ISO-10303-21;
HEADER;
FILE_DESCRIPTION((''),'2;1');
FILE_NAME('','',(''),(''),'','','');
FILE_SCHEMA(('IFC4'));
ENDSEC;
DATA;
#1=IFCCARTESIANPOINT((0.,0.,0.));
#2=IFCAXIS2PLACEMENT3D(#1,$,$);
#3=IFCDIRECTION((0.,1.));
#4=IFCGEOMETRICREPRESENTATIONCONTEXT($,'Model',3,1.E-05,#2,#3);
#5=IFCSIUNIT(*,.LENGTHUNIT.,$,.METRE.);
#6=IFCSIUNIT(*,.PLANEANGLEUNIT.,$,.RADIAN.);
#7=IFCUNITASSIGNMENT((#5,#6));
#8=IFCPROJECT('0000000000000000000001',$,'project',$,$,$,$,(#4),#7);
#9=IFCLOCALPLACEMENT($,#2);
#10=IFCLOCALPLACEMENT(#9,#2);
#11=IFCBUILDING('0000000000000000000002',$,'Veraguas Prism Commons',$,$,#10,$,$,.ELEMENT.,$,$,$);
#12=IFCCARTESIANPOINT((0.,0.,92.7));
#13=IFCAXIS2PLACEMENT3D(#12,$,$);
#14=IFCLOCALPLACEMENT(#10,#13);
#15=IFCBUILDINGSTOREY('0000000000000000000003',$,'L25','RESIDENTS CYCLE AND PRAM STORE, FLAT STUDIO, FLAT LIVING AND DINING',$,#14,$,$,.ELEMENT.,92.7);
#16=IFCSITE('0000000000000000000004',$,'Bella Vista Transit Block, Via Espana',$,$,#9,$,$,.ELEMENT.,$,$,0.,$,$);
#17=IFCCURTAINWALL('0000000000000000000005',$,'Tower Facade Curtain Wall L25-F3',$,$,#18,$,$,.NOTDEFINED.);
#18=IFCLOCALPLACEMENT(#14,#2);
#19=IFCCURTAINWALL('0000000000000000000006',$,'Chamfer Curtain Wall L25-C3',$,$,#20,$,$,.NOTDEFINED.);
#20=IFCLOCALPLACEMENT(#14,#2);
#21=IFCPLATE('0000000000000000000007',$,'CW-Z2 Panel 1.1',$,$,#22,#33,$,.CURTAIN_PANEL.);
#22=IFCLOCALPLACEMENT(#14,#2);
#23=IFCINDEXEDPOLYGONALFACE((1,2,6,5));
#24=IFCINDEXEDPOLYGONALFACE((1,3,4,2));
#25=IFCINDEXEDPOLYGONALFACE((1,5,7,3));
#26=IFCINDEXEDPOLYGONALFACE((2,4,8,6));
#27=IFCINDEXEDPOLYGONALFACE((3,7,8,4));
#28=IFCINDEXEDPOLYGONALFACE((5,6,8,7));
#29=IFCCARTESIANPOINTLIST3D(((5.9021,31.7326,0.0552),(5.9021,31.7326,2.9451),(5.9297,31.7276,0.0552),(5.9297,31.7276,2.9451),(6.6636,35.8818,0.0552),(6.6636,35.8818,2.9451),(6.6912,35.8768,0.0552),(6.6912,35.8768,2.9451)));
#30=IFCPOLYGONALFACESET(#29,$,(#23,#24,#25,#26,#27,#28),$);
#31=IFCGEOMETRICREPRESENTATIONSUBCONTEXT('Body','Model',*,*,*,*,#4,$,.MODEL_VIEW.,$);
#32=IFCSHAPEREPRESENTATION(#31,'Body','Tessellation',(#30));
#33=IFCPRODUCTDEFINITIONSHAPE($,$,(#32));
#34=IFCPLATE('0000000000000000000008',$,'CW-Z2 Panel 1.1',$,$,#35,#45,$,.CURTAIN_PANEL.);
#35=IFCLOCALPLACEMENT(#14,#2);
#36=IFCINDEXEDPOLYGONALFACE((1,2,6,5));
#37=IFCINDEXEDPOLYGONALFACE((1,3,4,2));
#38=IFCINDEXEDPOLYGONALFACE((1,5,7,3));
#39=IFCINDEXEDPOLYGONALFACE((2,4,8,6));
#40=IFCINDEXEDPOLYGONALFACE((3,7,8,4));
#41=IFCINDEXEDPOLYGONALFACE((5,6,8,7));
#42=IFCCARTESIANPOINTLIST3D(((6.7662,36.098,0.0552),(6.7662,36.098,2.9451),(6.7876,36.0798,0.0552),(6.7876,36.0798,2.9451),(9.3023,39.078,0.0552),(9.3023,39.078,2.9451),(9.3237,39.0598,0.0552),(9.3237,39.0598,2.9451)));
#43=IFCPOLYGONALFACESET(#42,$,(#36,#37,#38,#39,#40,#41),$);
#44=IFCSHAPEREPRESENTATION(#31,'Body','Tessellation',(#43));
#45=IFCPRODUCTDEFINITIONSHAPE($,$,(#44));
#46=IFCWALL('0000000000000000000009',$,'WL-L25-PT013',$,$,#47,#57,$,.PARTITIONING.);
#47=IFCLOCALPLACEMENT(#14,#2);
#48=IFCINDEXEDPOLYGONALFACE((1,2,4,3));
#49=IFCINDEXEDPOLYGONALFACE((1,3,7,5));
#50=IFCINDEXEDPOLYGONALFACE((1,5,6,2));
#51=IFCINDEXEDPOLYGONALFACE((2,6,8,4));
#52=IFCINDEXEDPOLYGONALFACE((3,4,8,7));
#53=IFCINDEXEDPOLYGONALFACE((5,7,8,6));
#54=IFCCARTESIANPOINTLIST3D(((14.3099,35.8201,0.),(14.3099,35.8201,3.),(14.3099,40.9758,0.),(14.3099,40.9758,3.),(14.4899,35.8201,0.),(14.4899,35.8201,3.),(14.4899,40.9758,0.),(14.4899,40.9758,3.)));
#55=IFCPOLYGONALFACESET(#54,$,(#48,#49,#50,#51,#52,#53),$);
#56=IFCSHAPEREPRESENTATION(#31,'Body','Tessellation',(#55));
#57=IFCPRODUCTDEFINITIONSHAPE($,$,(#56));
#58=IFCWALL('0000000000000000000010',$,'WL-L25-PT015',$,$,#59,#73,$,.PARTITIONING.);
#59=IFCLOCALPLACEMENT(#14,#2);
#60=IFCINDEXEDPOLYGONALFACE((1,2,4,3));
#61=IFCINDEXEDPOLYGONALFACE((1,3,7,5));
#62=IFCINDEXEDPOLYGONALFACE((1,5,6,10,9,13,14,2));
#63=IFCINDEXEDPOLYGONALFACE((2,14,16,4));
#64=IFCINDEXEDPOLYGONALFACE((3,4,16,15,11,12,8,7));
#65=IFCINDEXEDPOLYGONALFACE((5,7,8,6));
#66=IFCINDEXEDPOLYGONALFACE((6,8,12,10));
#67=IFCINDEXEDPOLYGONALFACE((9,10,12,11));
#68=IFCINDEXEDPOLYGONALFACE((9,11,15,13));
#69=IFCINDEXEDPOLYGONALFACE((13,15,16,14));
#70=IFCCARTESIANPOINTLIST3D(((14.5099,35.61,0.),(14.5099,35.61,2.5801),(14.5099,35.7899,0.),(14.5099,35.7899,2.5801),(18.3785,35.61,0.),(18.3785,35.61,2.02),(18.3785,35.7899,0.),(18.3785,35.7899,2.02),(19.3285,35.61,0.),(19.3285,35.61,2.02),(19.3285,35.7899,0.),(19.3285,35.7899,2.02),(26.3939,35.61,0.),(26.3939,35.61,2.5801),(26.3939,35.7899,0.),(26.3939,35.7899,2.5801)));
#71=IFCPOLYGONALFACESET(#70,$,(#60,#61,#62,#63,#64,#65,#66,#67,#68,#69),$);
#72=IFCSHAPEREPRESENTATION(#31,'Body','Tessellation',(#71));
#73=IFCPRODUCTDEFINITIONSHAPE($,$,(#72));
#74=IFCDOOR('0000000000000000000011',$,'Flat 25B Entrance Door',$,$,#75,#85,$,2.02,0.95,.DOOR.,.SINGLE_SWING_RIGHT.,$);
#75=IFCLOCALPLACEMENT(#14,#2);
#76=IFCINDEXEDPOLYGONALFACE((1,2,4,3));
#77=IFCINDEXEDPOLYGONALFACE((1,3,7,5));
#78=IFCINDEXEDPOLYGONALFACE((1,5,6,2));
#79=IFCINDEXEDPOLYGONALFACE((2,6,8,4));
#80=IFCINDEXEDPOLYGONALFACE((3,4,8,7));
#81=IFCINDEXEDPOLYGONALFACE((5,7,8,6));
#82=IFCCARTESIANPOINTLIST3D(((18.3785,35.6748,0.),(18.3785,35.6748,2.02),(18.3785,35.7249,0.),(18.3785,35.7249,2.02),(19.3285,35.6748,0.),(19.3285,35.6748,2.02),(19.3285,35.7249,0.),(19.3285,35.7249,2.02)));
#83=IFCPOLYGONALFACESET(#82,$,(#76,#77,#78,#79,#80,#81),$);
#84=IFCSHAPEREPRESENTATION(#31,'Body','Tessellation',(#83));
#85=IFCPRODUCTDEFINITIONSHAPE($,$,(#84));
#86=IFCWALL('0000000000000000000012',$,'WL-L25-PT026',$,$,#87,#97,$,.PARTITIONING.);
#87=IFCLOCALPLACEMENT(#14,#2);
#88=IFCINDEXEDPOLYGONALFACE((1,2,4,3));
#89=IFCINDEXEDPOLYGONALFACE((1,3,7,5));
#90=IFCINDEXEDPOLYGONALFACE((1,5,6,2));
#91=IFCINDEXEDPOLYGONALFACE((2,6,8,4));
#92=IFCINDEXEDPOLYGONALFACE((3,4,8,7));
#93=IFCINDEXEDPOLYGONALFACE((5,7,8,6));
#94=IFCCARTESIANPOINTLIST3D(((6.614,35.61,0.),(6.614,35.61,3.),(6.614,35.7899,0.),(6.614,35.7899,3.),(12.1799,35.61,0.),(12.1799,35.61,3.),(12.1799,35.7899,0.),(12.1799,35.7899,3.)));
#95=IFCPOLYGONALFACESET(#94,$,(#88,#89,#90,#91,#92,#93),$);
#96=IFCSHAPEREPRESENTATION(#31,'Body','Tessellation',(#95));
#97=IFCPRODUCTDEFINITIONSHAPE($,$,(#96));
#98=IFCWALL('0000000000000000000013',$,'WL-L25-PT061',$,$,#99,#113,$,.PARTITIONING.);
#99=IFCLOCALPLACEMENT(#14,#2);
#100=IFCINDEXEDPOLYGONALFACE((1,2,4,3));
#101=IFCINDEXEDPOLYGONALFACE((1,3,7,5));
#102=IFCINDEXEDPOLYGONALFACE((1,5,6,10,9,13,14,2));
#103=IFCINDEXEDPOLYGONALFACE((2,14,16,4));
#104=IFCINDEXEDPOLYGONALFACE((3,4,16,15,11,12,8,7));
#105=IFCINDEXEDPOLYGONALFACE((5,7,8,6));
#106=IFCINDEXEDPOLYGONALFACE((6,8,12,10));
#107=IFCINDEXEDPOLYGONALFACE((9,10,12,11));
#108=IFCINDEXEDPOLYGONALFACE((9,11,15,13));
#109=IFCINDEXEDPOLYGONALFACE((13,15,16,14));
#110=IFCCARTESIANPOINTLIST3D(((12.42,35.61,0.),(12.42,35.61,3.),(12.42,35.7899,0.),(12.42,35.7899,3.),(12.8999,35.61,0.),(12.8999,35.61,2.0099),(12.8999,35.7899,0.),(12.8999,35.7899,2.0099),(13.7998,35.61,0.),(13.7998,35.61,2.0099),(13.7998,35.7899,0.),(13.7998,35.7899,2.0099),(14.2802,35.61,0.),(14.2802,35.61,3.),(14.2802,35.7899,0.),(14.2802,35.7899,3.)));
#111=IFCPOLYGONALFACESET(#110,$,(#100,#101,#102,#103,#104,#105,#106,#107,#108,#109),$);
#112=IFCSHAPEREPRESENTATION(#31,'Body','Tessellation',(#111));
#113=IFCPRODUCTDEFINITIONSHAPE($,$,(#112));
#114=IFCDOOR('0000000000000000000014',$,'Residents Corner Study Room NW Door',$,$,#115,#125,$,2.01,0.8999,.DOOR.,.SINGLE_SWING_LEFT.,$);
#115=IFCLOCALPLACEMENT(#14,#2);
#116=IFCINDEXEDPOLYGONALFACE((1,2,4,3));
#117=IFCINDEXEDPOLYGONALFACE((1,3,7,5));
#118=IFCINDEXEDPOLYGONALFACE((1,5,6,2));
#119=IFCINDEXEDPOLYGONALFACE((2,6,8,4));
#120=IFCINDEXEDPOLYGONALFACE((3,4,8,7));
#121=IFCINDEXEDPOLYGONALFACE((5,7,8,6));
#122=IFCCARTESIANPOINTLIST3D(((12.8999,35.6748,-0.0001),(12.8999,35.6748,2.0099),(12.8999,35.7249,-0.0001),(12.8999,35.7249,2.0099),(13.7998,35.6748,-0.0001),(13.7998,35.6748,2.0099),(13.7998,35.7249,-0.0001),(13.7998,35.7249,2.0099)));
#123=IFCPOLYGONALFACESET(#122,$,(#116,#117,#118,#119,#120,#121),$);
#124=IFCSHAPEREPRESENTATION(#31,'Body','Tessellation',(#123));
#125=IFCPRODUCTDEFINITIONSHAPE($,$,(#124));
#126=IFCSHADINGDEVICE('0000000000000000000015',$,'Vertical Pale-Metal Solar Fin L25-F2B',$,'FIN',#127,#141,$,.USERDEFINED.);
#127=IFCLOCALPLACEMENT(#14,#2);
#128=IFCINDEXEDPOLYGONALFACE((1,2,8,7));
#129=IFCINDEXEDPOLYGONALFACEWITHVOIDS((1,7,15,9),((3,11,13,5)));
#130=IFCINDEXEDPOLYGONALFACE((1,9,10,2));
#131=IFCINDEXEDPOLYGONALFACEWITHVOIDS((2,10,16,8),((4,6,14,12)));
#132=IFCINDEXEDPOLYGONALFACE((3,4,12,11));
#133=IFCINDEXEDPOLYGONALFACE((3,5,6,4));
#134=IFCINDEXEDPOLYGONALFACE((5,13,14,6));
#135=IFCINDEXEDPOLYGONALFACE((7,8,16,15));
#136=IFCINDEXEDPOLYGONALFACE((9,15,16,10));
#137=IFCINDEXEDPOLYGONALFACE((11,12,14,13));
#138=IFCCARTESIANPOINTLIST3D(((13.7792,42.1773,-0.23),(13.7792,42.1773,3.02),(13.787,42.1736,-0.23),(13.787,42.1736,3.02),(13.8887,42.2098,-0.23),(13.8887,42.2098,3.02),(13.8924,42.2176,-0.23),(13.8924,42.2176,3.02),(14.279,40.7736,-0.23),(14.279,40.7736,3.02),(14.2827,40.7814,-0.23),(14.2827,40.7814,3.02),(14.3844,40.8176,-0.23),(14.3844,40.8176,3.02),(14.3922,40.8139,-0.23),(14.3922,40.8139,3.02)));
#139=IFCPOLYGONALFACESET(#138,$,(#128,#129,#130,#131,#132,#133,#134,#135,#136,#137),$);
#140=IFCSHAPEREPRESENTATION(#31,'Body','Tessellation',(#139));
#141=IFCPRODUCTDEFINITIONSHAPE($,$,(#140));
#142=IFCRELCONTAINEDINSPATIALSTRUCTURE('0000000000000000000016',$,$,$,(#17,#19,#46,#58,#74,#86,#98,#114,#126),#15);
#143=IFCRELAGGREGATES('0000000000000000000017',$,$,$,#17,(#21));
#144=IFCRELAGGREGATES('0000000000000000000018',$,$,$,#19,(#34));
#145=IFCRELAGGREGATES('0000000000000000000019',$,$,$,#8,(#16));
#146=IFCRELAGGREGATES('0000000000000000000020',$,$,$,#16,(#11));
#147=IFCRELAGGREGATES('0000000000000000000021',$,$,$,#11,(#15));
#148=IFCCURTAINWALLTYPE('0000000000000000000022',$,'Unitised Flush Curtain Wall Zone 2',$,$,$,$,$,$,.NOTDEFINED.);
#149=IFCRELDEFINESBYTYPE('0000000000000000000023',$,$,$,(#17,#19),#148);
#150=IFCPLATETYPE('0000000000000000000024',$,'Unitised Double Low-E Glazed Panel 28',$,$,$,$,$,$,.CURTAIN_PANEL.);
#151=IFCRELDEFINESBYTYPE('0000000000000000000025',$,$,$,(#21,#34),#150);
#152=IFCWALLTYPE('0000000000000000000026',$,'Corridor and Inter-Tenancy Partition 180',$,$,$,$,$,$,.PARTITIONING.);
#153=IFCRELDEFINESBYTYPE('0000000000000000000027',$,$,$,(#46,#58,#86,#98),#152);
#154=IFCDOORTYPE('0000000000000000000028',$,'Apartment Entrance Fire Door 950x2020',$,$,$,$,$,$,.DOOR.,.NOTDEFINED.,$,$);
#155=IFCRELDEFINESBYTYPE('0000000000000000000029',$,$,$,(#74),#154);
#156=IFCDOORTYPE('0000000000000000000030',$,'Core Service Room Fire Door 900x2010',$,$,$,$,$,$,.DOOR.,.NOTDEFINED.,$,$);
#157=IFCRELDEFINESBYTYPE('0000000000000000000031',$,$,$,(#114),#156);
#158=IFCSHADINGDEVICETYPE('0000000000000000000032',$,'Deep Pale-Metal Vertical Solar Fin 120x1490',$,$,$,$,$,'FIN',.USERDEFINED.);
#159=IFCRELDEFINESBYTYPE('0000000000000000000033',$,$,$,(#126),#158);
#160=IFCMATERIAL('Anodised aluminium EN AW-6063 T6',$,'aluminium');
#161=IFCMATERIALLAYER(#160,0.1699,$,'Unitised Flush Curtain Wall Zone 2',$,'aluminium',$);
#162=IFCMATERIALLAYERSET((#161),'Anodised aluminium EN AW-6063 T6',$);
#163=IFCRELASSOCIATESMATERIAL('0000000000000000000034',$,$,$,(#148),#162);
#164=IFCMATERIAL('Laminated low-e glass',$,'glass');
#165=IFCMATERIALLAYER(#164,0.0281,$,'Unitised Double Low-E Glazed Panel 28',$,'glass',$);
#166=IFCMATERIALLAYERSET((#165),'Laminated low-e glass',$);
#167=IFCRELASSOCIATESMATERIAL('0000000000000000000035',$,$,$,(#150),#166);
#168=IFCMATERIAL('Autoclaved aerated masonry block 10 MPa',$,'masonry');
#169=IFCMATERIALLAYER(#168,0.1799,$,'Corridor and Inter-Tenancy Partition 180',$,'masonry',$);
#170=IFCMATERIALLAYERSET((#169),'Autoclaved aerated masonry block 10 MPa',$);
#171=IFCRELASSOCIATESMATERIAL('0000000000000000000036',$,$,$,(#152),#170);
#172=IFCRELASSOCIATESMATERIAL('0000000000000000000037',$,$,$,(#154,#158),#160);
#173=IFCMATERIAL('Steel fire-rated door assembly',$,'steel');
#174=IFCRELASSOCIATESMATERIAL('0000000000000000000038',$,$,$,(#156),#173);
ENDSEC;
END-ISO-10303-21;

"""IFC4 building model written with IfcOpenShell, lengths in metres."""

from ifc_helpers import new_model, si_unit, direction, frame, frame_2d, origin, origin_2d, place, context, subcontext, project, spatial, rectangle, hollow_rectangle, extrude, source, transform, mapped, material, layer, layer_set, material_profile, profile_set, type_object, element, fill, aggregate, save


model = new_model("IFC4")

# Units and contexts
model_context = context("Model", 3, precision=1e-05, world=origin(), true_north=direction((0.0, 1.0)))
body_context = subcontext(model_context, "Body", "Model", "MODEL_VIEW")
ifc_project = project(units=[si_unit("LENGTHUNIT", "METRE"), si_unit("PLANEANGLEUNIT", "RADIAN")], contexts=[model_context])

# Site, building, storey
site_placement = place(None, origin())
site = spatial("IfcSite", under=ifc_project, at=site_placement, Name="Bella Vista Transit Block, Via Espana", CompositionType="ELEMENT", RefElevation=0.0)
building_placement = place(site_placement, origin())
building = spatial("IfcBuilding", under=site, at=building_placement, Name="Veraguas Prism Commons", CompositionType="ELEMENT")
storey_placement = place(building_placement, frame((0.0, 0.0, 92.7)))
storey = spatial("IfcBuildingStorey", under=building, at=storey_placement, Name="L25", Description="RESIDENTS CYCLE AND PRAM STORE, FLAT STUDIO, FLAT LIVING AND DINING", CompositionType="ELEMENT", Elevation=92.7)

# Curtain walls
ifc_material_1 = material(Name="Anodised aluminium EN AW-6063 T6", Category="aluminium")
ifc_layer_1 = layer(ifc_material_1, 0.1699, Name="Unitised Flush Curtain Wall Zone 2", Category="aluminium")
ifc_layer_set_1 = layer_set([ifc_layer_1], Name="Anodised aluminium EN AW-6063 T6")
curtain_wall_type = type_object("IfcCurtainWallType", Name="Unitised Flush Curtain Wall Zone 2", PredefinedType="NOTDEFINED", material=ifc_layer_set_1)
curtain_wall_1_placement = place(storey_placement, origin())
curtain_wall_1 = element("IfcCurtainWall", 1, at=curtain_wall_1_placement, inside=storey, type_object=curtain_wall_type, Name="Tower Facade Curtain Wall L25-F3", PredefinedType="NOTDEFINED")
curtain_wall_2_placement = place(storey_placement, origin())
curtain_wall_2 = element("IfcCurtainWall", 2, at=curtain_wall_2_placement, inside=storey, type_object=curtain_wall_type, Name="Chamfer Curtain Wall L25-C3", PredefinedType="NOTDEFINED")

# Plates
ifc_material_2 = material(Name="Laminated low-e glass", Category="glass")
ifc_layer_2 = layer(ifc_material_2, 0.0281, Name="Unitised Double Low-E Glazed Panel 28", Category="glass")
ifc_layer_set_2 = layer_set([ifc_layer_2], Name="Laminated low-e glass")
plate_type = type_object("IfcPlateType", Name="Unitised Double Low-E Glazed Panel 28", PredefinedType="CURTAIN_PANEL", material=ifc_layer_set_2)
shared_shape_1 = source(origin(), body_context, "Body", "SweptSolid", [
    extrude(rectangle(XDim=4.2185, YDim=0.0281, at=origin_2d()), origin(), (0.0, 0.0, 1.0), 2.8899),
])
plate_1_placement = place(storey_placement, frame((6.2966, 33.8047, 0.0552), z_axis=(0.0, 0.0, 1.0), x_axis=(-0.180523, -0.983571, 0.0)))
plate_1 = element("IfcPlate", 3, at=plate_1_placement, type_object=plate_type, Name="CW-Z2 Panel 1.1", PredefinedType="CURTAIN_PANEL", context=body_context, shape_type="MappedRepresentation", body=[
    mapped(shared_shape_1, transform((0.0, 0.0, 0.0), scale=1.0)),
])
aggregate(curtain_wall_1, [plate_1])
shared_shape_2 = source(origin(), body_context, "Body", "SweptSolid", [
    extrude(rectangle(XDim=3.9131, YDim=0.0281, at=origin_2d()), origin(), (0.0, 0.0, 1.0), 2.8899),
])
plate_2_placement = place(storey_placement, frame((8.0449, 37.5789, 0.0552), z_axis=(0.0, 0.0, 1.0), x_axis=(-0.648111, -0.761546, 0.0)))
plate_2 = element("IfcPlate", 4, at=plate_2_placement, type_object=plate_type, Name="CW-Z2 Panel 1.1", PredefinedType="CURTAIN_PANEL", context=body_context, shape_type="MappedRepresentation", body=[
    mapped(shared_shape_2, transform((0.0, 0.0, 0.0), scale=1.0)),
])
aggregate(curtain_wall_2, [plate_2])

# Wall
ifc_material_3 = material(Name="Autoclaved aerated masonry block 10 MPa", Category="masonry")
ifc_layer_3 = layer(ifc_material_3, 0.1799, Name="Corridor and Inter-Tenancy Partition 180", Category="masonry")
ifc_layer_set_3 = layer_set([ifc_layer_3], Name="Autoclaved aerated masonry block 10 MPa")
wall_type = type_object("IfcWallType", Name="Corridor and Inter-Tenancy Partition 180", PredefinedType="PARTITIONING", material=ifc_layer_set_3)
wall_1_placement = place(storey_placement, frame((14.3999, 35.8201, 0.0), z_axis=(0.0, 0.0, 1.0), x_axis=(0.0, 1.0, 0.0)))
element("IfcWall", 5, at=wall_1_placement, inside=storey, type_object=wall_type, Name="WL-L25-PT013", PredefinedType="PARTITIONING", context=body_context, shape_type="SweptSolid", body=[
    extrude(rectangle(XDim=5.1558, YDim=0.1799, at=frame_2d((2.5779, 0.0))), origin(), (0.0, 0.0, 1.0), 3.0),
])

# Wall, opening, door
wall_2_placement = place(storey_placement, frame((14.51, 35.7, 0.0), z_axis=(0.0, 0.0, 1.0), x_axis=(1.0, 0.0, 0.0)))
wall_2 = element("IfcWall", 6, at=wall_2_placement, inside=storey, type_object=wall_type, Name="WL-L25-PT015", PredefinedType="PARTITIONING", context=body_context, shape_type="SweptSolid", body=[
    extrude(rectangle(XDim=11.884, YDim=0.1799, at=frame_2d((5.9419, 0.0))), origin(), (0.0, 0.0, 1.0), 2.5801),
])
opening_1_placement = place(wall_2_placement, frame((3.8684, 0.0, 0.0)))
opening_1 = element("IfcOpeningElement", 7, at=opening_1_placement, cuts=wall_2, PredefinedType="OPENING", context=body_context, shape_type="SweptSolid", body=[
    extrude(rectangle(XDim=0.95, YDim=2.02, at=frame_2d((0.4751, 1.01))), frame((0.0, 0.0999, 0.0), z_axis=(0.0, -1.0, 0.0), x_axis=(1.0, 0.0, 0.0)), (0.0, 0.0, 1.0), 0.2),
])
door_type_1 = type_object("IfcDoorType", Name="Apartment Entrance Fire Door 950x2020", OperationType="NOTDEFINED", PredefinedType="DOOR", material=ifc_material_1)
shared_shape_3 = source(origin(), body_context, "Body", "SweptSolid", [
    extrude(rectangle(XDim=0.95, YDim=2.02, at=frame_2d((0.4751, 1.01))), frame((0.0, 0.0249, 0.0), z_axis=(0.0, -1.0, 0.0), x_axis=(1.0, 0.0, 0.0)), (0.0, 0.0, 1.0), 0.05),
])
door_1_placement = place(opening_1_placement, origin())
door_1 = element("IfcDoor", 8, at=door_1_placement, inside=storey, type_object=door_type_1, Name="Flat 25B Entrance Door", OperationType="SINGLE_SWING_RIGHT", OverallHeight=2.02, OverallWidth=0.95, PredefinedType="DOOR", context=body_context, shape_type="MappedRepresentation", body=[
    mapped(shared_shape_3, transform((0.0, 0.0, 0.0), scale=1.0)),
])
fill(opening_1, door_1)

# Wall
wall_3_placement = place(storey_placement, frame((12.1799, 35.7, 0.0), z_axis=(0.0, 0.0, 1.0), x_axis=(-1.0, 0.0, 0.0)))
element("IfcWall", 9, at=wall_3_placement, inside=storey, type_object=wall_type, Name="WL-L25-PT026", PredefinedType="PARTITIONING", context=body_context, shape_type="SweptSolid", body=[
    extrude(rectangle(XDim=5.5659, YDim=0.1799, at=frame_2d((2.783, 0.0))), origin(), (0.0, 0.0, 1.0), 3.0),
])

# Wall, opening, door
wall_4_placement = place(storey_placement, frame((12.4199, 35.7, 0.0), z_axis=(0.0, 0.0, 1.0), x_axis=(1.0, 0.0, 0.0)))
wall_4 = element("IfcWall", 10, at=wall_4_placement, inside=storey, type_object=wall_type, Name="WL-L25-PT061", PredefinedType="PARTITIONING", context=body_context, shape_type="SweptSolid", body=[
    extrude(rectangle(XDim=1.8601, YDim=0.1799, at=frame_2d((0.9302, 0.0))), origin(), (0.0, 0.0, 1.0), 3.0),
])
opening_2_placement = place(wall_4_placement, frame((0.48, 0.0, 0.0)))
opening_2 = element("IfcOpeningElement", 11, at=opening_2_placement, cuts=wall_4, PredefinedType="OPENING", context=body_context, shape_type="SweptSolid", body=[
    extrude(rectangle(XDim=0.8999, YDim=2.01, at=frame_2d((0.45, 1.0049))), frame((0.0, 0.0999, 0.0), z_axis=(0.0, -1.0, 0.0), x_axis=(1.0, 0.0, 0.0)), (0.0, 0.0, 1.0), 0.2),
])
ifc_material_4 = material(Name="Steel fire-rated door assembly", Category="steel")
door_type_2 = type_object("IfcDoorType", Name="Core Service Room Fire Door 900x2010", OperationType="NOTDEFINED", PredefinedType="DOOR", material=ifc_material_4)
shared_shape_4 = source(origin(), body_context, "Body", "SweptSolid", [
    extrude(rectangle(XDim=0.8999, YDim=2.01, at=frame_2d((0.45, 1.0049))), frame((0.0, 0.0249, 0.0), z_axis=(0.0, -1.0, 0.0), x_axis=(1.0, 0.0, 0.0)), (0.0, 0.0, 1.0), 0.05),
])
door_2_placement = place(opening_2_placement, origin())
door_2 = element("IfcDoor", 12, at=door_2_placement, inside=storey, type_object=door_type_2, Name="Residents Corner Study Room NW Door", OperationType="SINGLE_SWING_LEFT", OverallHeight=2.01, OverallWidth=0.8999, PredefinedType="DOOR", context=body_context, shape_type="MappedRepresentation", body=[
    mapped(shared_shape_4, transform((0.0, 0.0, 0.0), scale=1.0)),
])
fill(opening_2, door_2)

# Shading device
ifc_material_profile_1 = material_profile(ifc_material_1, hollow_rectangle(XDim=0.1201, YDim=1.49, WallThickness=0.0061, at=origin_2d()), Name="FIN120X1490X6")
ifc_profile_set_1 = profile_set([ifc_material_profile_1], Name="Anodised aluminium EN AW-6063 T6")
shading_device_type = type_object("IfcShadingDeviceType", Name="Deep Pale-Metal Vertical Solar Fin 120x1490", ElementType="FIN", PredefinedType="USERDEFINED", material=ifc_profile_set_1)
shading_device_placement = place(storey_placement, frame((14.0857, 41.4956, -0.23), z_axis=(0.0, 0.0, 1.0), x_axis=(-0.942056, -0.335455, 0.0)))
element("IfcShadingDevice", 13, at=shading_device_placement, inside=storey, type_object=shading_device_type, Name="Vertical Pale-Metal Solar Fin L25-F2B", ObjectType="FIN", PredefinedType="USERDEFINED", context=body_context, shape_type="SweptSolid", body=[
    extrude(hollow_rectangle(XDim=0.1201, YDim=1.49, WallThickness=0.0061, at=origin_2d()), origin(), (0.0, 0.0, 1.0), 3.25),
])

save(model, "model.ifc")
